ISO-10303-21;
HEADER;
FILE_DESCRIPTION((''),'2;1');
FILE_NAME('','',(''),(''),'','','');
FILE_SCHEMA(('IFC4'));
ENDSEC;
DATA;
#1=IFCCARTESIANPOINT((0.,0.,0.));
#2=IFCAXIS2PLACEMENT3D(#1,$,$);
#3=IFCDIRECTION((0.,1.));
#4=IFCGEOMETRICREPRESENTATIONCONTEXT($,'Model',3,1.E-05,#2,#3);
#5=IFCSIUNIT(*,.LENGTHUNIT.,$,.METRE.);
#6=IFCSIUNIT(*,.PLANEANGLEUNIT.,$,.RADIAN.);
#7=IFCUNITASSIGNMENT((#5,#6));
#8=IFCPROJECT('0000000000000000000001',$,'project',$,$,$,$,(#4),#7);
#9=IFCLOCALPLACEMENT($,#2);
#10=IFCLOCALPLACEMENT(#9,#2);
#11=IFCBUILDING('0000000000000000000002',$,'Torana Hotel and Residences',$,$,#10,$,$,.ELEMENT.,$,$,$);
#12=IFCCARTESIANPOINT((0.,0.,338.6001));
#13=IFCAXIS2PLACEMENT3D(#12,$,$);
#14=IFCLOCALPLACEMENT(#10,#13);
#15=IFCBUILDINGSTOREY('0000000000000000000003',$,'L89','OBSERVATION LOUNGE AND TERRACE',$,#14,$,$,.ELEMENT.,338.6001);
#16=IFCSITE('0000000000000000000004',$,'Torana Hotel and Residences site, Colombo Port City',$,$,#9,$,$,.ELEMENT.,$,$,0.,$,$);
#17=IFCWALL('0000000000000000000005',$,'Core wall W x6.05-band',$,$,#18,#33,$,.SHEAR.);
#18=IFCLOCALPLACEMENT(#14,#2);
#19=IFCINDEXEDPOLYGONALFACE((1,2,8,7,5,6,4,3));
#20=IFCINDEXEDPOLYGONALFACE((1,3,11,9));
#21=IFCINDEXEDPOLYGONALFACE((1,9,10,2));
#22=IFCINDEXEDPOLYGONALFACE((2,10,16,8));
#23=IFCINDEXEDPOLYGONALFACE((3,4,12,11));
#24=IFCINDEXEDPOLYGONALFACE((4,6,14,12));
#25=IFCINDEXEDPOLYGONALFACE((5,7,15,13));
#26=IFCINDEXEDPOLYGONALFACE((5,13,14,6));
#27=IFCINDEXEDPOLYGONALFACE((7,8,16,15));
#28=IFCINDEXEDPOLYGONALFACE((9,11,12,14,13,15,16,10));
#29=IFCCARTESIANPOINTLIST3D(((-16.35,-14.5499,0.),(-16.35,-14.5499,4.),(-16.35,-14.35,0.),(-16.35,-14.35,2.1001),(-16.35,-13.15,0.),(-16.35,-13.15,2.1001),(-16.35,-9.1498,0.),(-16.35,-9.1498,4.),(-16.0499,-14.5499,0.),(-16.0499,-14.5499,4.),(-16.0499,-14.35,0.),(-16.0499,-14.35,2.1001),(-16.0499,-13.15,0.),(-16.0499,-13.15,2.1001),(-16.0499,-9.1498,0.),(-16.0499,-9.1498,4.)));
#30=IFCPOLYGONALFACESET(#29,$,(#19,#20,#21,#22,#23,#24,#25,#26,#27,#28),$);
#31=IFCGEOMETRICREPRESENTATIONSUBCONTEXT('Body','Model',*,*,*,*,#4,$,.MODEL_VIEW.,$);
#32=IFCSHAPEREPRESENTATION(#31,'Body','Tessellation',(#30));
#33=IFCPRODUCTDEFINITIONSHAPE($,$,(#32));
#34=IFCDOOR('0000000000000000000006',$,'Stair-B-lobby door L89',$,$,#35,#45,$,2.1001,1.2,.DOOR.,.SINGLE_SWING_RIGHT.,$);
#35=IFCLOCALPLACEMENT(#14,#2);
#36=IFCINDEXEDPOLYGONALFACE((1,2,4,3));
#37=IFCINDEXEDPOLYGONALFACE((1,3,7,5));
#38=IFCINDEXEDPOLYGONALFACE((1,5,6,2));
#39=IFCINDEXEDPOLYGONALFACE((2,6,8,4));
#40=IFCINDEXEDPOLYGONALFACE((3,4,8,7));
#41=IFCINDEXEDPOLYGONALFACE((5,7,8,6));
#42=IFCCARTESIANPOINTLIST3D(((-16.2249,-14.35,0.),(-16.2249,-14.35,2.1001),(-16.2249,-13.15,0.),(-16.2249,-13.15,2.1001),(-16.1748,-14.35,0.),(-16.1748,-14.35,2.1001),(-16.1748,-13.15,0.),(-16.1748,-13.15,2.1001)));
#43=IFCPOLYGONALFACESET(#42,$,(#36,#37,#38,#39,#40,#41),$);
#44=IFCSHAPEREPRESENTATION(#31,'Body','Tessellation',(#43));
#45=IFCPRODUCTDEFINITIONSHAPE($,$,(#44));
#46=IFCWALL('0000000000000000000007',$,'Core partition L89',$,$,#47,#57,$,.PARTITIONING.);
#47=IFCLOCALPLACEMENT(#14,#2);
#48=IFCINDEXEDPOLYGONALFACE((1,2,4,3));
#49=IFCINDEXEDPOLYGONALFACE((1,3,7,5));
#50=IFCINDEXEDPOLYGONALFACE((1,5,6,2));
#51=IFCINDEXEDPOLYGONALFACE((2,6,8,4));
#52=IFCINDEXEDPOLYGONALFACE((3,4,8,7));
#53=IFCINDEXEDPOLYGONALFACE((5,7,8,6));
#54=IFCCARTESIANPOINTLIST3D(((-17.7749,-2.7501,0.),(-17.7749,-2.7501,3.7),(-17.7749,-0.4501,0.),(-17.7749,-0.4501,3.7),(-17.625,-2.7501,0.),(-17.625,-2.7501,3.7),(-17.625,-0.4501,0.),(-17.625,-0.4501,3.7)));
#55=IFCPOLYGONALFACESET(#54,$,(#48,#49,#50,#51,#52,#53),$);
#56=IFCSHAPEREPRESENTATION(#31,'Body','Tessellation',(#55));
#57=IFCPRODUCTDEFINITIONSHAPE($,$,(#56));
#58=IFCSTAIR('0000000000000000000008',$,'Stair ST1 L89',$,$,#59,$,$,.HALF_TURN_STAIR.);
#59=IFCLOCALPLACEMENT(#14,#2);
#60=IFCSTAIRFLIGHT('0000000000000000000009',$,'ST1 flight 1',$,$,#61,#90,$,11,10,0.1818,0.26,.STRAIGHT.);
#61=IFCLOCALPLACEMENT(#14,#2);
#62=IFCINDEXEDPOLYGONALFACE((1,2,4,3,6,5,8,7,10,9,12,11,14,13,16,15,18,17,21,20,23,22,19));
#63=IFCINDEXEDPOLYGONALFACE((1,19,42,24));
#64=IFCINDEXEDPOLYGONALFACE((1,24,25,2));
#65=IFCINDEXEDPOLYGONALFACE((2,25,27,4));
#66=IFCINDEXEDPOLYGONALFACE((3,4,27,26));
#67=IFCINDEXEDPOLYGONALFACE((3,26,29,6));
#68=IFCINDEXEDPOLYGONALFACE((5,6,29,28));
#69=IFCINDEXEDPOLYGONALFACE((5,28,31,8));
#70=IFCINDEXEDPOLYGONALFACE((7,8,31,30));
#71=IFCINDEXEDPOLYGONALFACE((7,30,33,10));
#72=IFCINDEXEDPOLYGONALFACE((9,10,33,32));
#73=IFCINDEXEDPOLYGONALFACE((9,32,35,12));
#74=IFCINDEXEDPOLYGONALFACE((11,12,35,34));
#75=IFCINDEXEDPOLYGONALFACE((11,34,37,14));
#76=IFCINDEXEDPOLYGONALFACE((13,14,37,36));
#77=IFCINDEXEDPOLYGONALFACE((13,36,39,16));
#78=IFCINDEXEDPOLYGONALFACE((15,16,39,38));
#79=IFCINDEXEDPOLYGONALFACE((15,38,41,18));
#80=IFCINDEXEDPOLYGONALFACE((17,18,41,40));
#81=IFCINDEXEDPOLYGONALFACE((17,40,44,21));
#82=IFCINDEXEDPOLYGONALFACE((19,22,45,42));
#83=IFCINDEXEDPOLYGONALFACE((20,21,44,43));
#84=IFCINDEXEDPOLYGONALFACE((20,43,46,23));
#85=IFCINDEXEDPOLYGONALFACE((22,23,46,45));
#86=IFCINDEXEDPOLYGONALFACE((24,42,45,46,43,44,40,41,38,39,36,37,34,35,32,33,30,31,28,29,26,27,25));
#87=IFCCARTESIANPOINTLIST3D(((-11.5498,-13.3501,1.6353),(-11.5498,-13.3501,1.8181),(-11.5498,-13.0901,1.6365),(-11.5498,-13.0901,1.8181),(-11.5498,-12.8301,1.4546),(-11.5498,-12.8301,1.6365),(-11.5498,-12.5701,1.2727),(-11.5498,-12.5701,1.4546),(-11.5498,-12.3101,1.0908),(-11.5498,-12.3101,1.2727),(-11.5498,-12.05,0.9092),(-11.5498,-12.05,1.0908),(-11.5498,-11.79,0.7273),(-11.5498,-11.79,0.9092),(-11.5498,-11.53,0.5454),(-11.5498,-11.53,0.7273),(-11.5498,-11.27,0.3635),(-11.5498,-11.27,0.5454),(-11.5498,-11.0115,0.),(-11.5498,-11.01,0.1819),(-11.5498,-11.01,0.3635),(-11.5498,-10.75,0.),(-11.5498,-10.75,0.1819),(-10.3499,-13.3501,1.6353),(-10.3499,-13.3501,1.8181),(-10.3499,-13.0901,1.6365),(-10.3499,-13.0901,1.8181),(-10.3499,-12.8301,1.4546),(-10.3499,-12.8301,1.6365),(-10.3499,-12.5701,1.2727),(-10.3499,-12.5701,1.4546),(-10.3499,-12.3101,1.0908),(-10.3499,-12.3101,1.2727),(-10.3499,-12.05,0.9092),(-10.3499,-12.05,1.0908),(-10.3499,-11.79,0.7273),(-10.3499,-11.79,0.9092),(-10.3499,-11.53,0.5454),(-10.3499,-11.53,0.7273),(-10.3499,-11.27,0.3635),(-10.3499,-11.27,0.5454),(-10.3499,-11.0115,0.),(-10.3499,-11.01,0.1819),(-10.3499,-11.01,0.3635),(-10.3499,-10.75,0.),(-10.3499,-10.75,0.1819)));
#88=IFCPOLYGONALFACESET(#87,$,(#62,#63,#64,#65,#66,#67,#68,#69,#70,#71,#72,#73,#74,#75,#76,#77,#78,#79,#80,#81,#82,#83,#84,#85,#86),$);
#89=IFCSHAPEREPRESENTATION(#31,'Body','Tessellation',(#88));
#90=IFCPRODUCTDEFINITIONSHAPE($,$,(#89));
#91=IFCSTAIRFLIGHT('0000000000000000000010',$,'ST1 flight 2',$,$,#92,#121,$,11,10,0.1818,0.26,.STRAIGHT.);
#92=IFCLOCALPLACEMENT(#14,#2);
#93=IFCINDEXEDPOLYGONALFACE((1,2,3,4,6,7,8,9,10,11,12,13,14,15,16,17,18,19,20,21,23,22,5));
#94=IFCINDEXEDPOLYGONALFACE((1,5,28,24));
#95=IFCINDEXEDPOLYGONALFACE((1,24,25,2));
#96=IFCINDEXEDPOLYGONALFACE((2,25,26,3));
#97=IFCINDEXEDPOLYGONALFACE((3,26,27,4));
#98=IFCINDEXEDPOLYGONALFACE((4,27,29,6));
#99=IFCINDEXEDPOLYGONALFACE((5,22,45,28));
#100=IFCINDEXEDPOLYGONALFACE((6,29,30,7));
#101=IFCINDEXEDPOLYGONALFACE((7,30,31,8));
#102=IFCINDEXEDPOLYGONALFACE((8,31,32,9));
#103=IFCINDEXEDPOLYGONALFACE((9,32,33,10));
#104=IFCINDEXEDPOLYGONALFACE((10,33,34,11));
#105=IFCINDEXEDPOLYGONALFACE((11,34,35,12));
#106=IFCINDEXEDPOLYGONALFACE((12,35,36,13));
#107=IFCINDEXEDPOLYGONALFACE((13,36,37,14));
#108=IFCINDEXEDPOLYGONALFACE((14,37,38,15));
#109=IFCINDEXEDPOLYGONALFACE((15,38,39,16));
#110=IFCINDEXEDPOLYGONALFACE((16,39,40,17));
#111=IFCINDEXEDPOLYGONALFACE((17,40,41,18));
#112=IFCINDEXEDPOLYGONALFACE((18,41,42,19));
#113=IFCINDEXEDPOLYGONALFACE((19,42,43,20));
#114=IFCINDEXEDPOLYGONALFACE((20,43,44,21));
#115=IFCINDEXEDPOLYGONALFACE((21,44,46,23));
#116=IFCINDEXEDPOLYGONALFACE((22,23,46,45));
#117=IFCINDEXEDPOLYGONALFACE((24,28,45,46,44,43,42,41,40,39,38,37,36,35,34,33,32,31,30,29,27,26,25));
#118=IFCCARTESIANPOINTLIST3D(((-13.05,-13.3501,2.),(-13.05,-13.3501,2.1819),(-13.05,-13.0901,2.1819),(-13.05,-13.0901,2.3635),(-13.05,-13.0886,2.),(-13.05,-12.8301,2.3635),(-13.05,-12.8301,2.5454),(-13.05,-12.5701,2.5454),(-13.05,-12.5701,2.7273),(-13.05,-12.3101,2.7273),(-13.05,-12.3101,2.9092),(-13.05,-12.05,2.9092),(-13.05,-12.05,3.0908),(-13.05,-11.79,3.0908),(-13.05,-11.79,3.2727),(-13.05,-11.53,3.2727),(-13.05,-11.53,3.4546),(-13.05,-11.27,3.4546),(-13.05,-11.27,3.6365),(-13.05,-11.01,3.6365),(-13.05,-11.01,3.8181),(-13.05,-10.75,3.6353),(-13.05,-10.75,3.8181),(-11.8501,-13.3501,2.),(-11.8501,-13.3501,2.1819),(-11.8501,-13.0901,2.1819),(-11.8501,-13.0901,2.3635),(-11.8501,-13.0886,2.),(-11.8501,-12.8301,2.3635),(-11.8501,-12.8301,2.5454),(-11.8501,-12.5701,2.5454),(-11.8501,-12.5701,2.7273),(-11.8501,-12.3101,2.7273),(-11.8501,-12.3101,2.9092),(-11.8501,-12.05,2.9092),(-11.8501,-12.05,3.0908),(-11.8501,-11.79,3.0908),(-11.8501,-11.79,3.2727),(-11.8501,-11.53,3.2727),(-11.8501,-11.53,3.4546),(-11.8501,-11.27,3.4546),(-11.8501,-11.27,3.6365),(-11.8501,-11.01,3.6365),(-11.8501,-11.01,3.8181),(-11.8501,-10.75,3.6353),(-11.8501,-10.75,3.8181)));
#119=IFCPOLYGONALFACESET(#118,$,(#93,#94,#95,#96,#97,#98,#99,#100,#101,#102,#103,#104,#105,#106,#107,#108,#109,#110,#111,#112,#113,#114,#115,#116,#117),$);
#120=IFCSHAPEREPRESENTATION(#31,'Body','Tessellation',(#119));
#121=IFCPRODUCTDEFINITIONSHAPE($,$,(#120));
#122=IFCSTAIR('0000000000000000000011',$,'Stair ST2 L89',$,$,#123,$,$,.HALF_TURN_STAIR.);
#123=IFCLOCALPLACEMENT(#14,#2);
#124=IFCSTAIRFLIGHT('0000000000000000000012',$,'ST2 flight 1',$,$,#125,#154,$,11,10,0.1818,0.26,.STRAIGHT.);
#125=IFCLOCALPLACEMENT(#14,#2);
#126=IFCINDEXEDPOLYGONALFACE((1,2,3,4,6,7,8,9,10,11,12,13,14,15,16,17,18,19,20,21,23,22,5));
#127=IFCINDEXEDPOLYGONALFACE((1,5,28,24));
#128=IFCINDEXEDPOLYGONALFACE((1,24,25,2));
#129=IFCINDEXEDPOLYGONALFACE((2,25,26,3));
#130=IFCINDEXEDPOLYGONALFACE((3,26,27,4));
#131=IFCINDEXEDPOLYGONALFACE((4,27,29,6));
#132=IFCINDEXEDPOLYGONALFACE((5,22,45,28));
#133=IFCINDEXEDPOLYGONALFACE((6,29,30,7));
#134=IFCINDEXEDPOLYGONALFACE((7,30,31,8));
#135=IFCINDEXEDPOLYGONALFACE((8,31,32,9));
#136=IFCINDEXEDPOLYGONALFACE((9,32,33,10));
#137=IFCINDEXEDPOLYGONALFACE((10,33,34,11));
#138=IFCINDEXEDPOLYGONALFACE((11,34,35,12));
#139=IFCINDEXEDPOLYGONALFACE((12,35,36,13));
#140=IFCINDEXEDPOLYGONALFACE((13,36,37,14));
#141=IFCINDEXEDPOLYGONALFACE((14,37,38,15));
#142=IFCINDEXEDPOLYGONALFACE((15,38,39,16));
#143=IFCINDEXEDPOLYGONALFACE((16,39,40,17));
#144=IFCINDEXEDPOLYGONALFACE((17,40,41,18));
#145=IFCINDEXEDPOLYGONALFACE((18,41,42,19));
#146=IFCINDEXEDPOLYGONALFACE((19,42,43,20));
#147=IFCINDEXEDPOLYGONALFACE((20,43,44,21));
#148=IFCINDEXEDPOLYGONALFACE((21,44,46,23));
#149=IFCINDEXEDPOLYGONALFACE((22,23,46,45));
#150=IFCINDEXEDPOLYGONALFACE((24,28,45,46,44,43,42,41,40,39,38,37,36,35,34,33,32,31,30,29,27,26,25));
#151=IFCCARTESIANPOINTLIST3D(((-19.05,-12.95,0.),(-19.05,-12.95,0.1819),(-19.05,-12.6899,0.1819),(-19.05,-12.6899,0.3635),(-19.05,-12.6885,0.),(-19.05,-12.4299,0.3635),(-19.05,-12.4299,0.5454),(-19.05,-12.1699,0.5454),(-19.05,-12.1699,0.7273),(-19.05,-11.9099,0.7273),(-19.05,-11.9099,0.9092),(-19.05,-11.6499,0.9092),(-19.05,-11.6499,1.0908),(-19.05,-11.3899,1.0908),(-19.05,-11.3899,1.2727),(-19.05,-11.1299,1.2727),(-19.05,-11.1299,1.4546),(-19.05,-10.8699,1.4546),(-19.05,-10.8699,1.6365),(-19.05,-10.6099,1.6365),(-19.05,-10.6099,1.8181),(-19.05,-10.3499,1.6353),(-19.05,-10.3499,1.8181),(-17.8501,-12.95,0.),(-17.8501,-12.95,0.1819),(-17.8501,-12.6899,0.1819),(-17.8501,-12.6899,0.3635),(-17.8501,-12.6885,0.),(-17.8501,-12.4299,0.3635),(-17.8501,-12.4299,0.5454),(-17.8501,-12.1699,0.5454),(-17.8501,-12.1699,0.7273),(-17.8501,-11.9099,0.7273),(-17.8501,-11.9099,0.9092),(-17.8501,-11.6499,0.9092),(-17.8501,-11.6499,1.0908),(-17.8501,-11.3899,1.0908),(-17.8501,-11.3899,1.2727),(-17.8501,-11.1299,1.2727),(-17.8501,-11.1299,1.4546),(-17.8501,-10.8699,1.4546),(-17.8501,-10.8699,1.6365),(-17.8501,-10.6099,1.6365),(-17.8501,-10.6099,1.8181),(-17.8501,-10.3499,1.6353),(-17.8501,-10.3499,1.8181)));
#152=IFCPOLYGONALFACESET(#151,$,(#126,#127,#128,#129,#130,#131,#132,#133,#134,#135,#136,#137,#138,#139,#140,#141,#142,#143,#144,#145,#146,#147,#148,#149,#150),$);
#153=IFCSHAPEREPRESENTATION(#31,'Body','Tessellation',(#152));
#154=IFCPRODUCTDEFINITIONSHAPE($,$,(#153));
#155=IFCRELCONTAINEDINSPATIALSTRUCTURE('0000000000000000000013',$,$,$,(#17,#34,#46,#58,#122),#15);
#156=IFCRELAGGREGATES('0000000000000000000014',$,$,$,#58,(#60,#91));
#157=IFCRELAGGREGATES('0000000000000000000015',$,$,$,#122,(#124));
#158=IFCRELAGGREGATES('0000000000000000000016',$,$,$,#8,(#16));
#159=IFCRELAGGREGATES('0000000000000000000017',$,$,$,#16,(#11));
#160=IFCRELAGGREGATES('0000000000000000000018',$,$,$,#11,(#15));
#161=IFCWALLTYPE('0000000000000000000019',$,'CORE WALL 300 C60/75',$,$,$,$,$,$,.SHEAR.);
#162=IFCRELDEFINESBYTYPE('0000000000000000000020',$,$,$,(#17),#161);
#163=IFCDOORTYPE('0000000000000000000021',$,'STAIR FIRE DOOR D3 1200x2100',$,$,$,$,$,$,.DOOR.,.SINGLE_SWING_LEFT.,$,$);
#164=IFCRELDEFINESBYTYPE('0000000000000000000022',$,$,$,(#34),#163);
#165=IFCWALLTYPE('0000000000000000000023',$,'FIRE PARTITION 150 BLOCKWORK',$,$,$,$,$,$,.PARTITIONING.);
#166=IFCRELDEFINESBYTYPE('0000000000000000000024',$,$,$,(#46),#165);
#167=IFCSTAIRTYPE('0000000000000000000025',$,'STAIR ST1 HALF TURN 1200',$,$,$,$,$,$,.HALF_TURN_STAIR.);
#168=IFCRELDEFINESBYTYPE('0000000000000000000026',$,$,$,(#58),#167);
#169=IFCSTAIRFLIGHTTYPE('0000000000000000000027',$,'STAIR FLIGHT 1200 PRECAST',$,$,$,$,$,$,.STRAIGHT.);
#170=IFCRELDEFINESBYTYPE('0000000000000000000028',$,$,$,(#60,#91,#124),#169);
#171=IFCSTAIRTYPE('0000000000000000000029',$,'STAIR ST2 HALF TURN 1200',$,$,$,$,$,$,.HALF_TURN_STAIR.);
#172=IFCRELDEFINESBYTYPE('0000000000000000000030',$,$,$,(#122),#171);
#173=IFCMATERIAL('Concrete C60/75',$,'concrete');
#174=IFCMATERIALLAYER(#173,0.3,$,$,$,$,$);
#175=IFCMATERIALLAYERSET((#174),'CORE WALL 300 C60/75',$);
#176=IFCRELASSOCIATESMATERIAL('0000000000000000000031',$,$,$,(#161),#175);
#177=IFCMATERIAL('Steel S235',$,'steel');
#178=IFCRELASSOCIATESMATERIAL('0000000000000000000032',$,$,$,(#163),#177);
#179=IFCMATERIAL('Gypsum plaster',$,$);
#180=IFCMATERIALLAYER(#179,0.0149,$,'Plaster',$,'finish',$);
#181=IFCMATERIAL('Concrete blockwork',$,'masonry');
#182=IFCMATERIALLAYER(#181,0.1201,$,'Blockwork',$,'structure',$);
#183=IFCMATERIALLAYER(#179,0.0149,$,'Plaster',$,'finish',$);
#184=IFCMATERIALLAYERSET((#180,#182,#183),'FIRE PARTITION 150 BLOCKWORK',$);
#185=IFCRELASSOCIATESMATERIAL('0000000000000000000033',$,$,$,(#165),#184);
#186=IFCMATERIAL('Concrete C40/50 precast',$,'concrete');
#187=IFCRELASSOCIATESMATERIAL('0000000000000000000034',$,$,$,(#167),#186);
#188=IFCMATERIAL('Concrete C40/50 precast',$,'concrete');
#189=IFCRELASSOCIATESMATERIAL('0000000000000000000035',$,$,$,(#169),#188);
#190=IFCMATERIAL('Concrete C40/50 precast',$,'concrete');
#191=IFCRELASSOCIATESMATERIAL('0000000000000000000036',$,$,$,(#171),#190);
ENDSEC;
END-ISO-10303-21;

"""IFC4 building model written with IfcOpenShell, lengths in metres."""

from ifc_helpers import new_model, si_unit, direction, frame, frame_2d, origin, place, context, subcontext, project, spatial, polyline, rectangle, outline, extrude, material, layer, layer_set, type_object, element, fill, aggregate, save


model = new_model("IFC4")

# Units and contexts
model_context = context("Model", 3, precision=1e-05, world=origin(), true_north=direction((0.0, 1.0)))
body_context = subcontext(model_context, "Body", "Model", "MODEL_VIEW")
ifc_project = project(units=[si_unit("LENGTHUNIT", "METRE"), si_unit("PLANEANGLEUNIT", "RADIAN")], contexts=[model_context])

# Site, building, storey
site_placement = place(None, origin())
site = spatial("IfcSite", under=ifc_project, at=site_placement, Name="Torana Hotel and Residences site, Colombo Port City", CompositionType="ELEMENT", RefElevation=0.0)
building_placement = place(site_placement, origin())
building = spatial("IfcBuilding", under=site, at=building_placement, Name="Torana Hotel and Residences", CompositionType="ELEMENT")
storey_placement = place(building_placement, frame((0.0, 0.0, 338.6001)))
storey = spatial("IfcBuildingStorey", under=building, at=storey_placement, Name="L89", Description="OBSERVATION LOUNGE AND TERRACE", CompositionType="ELEMENT", Elevation=338.6001)

# Shared definitions
ifc_material_1 = material(Name="Concrete C60/75", Category="concrete")
ifc_layer_1 = layer(ifc_material_1, 0.3)
ifc_layer_set_1 = layer_set([ifc_layer_1], Name="CORE WALL 300 C60/75")
wall_type_1 = type_object("IfcWallType", Name="CORE WALL 300 C60/75", PredefinedType="SHEAR", material=ifc_layer_set_1)

# Shared definitions
ifc_material_2 = material(Name="Steel S235", Category="steel")
door_type_1 = type_object("IfcDoorType", Name="STAIR FIRE DOOR D3 1200x2100", OperationType="SINGLE_SWING_LEFT", PredefinedType="DOOR", material=ifc_material_2)

# Wall, opening, door
wall_1_placement = place(storey_placement, frame((-16.2, -14.55, 0.0), z_axis=(0.0, 0.0, 1.0), x_axis=(0.0, 1.0, 0.0)))
wall_1 = element("IfcWall", 1, at=wall_1_placement, inside=storey, type_object=wall_type_1, Name="Core wall W x6.05-band", PredefinedType="SHEAR", context=body_context, shape_type="SweptSolid", body=[
    extrude(rectangle(XDim=5.4001, YDim=0.3, at=frame_2d((2.7002, 0.0))), origin(), (0.0, 0.0, 1.0), 4.0),
])
opening_1_placement = place(wall_1_placement, frame((0.2, 0.0, 0.0)))
opening_1 = element("IfcOpeningElement", 2, at=opening_1_placement, cuts=wall_1, PredefinedType="OPENING", context=body_context, shape_type="SweptSolid", body=[
    extrude(rectangle(XDim=1.2, YDim=2.1001, at=frame_2d((0.6001, 1.05))), frame((0.0, 0.1599, 0.0), z_axis=(0.0, -1.0, 0.0), x_axis=(1.0, 0.0, 0.0)), (0.0, 0.0, 1.0), 0.3201),
])
door_1_placement = place(opening_1_placement, origin())
door_1 = element("IfcDoor", 3, at=door_1_placement, inside=storey, type_object=door_type_1, Name="Stair-B-lobby door L89", OperationType="SINGLE_SWING_RIGHT", OverallHeight=2.1001, OverallWidth=1.2, PredefinedType="DOOR", context=body_context, shape_type="SweptSolid", body=[
    extrude(rectangle(XDim=1.2, YDim=2.1001, at=frame_2d((0.6001, 1.05))), frame((0.0, 0.0249, 0.0), z_axis=(0.0, -1.0, 0.0), x_axis=(1.0, 0.0, 0.0)), (0.0, 0.0, 1.0), 0.05),
])
fill(opening_1, door_1)

# Wall
ifc_material_3 = material(Name="Gypsum plaster")
ifc_layer_2 = layer(ifc_material_3, 0.0149, Name="Plaster", Category="finish")
ifc_material_4 = material(Name="Concrete blockwork", Category="masonry")
ifc_layer_3 = layer(ifc_material_4, 0.1201, Name="Blockwork", Category="structure")
ifc_layer_4 = layer(ifc_material_3, 0.0149, Name="Plaster", Category="finish")
ifc_layer_set_2 = layer_set([ifc_layer_2, ifc_layer_3, ifc_layer_4], Name="FIRE PARTITION 150 BLOCKWORK")
wall_type_2 = type_object("IfcWallType", Name="FIRE PARTITION 150 BLOCKWORK", PredefinedType="PARTITIONING", material=ifc_layer_set_2)
wall_2_placement = place(storey_placement, frame((-17.7, -2.75, 0.0), z_axis=(0.0, 0.0, 1.0), x_axis=(0.0, 1.0, 0.0)))
element("IfcWall", 4, at=wall_2_placement, inside=storey, type_object=wall_type_2, Name="Core partition L89", PredefinedType="PARTITIONING", context=body_context, shape_type="SweptSolid", body=[
    extrude(rectangle(XDim=2.3, YDim=0.1499, at=frame_2d((1.1499, 0.0))), origin(), (0.0, 0.0, 1.0), 3.7),
])

# Stairs, stair flights
ifc_material_5 = material(Name="Concrete C40/50 precast", Category="concrete")
stair_type_1 = type_object("IfcStairType", Name="STAIR ST1 HALF TURN 1200", PredefinedType="HALF_TURN_STAIR", material=ifc_material_5)
stair_1_placement = place(storey_placement, origin())
stair_1 = element("IfcStair", 5, at=stair_1_placement, inside=storey, type_object=stair_type_1, Name="Stair ST1 L89", PredefinedType="HALF_TURN_STAIR")
ifc_material_6 = material(Name="Concrete C40/50 precast", Category="concrete")
stair_flight_type = type_object("IfcStairFlightType", Name="STAIR FLIGHT 1200 PRECAST", PredefinedType="STRAIGHT", material=ifc_material_6)
stair_flight_1_placement = place(storey_placement, frame((-10.95, -10.75, 0.0), z_axis=(0.0, 0.0, 1.0), x_axis=(0.0, -1.0, 0.0)))
stair_flight_1 = element("IfcStairFlight", 6, at=stair_flight_1_placement, type_object=stair_flight_type, Name="ST1 flight 1", NumberOfRisers=11, NumberOfTreads=10, PredefinedType="STRAIGHT", RiserHeight=0.1818, TreadLength=0.26, context=body_context, shape_type="SweptSolid", body=[
    extrude(outline(polyline([(0.0, 0.0), (0.0, 0.1819), (0.26, 0.1819), (0.26, 0.3635), (0.52, 0.3635), (0.52, 0.5454), (0.78, 0.5454), (0.78, 0.7273), (1.04, 0.7273), (1.04, 0.9092), (1.3, 0.9092), (1.3, 1.0908), (1.5601, 1.0908), (1.5601, 1.2727), (1.8201, 1.2727), (1.8201, 1.4546), (2.0801, 1.4546), (2.0801, 1.6365), (2.3401, 1.6365), (2.3401, 1.8181), (2.6001, 1.8181), (2.6001, 2.0), (2.6001, 1.6353), (0.2615, 0.0), (0.0, 0.0)])), frame((0.0, 0.6001, 0.0), z_axis=(0.0, -1.0, 0.0), x_axis=(1.0, 0.0, 0.0)), (0.0, 0.0, 1.0), 1.2),
])
stair_flight_2_placement = place(storey_placement, frame((-12.45, -13.3501, 2.0), z_axis=(0.0, 0.0, 1.0), x_axis=(0.0, 1.0, 0.0)))
stair_flight_2 = element("IfcStairFlight", 7, at=stair_flight_2_placement, type_object=stair_flight_type, Name="ST1 flight 2", NumberOfRisers=11, NumberOfTreads=10, PredefinedType="STRAIGHT", RiserHeight=0.1818, TreadLength=0.26, context=body_context, shape_type="SweptSolid", body=[
    extrude(outline(polyline([(0.0, 0.0), (0.0, 0.1819), (0.26, 0.1819), (0.26, 0.3635), (0.52, 0.3635), (0.52, 0.5454), (0.78, 0.5454), (0.78, 0.7273), (1.04, 0.7273), (1.04, 0.9092), (1.3, 0.9092), (1.3, 1.0908), (1.5601, 1.0908), (1.5601, 1.2727), (1.8201, 1.2727), (1.8201, 1.4546), (2.0801, 1.4546), (2.0801, 1.6365), (2.3401, 1.6365), (2.3401, 1.8181), (2.6001, 1.8181), (2.6001, 2.0), (2.6001, 1.6353), (0.2615, 0.0), (0.0, 0.0)])), frame((0.0, 0.6001, 0.0), z_axis=(0.0, -1.0, 0.0), x_axis=(1.0, 0.0, 0.0)), (0.0, 0.0, 1.0), 1.2),
])
aggregate(stair_1, [stair_flight_1, stair_flight_2])
ifc_material_7 = material(Name="Concrete C40/50 precast", Category="concrete")
stair_type_2 = type_object("IfcStairType", Name="STAIR ST2 HALF TURN 1200", PredefinedType="HALF_TURN_STAIR", material=ifc_material_7)
stair_2_placement = place(storey_placement, origin())
stair_2 = element("IfcStair", 8, at=stair_2_placement, inside=storey, type_object=stair_type_2, Name="Stair ST2 L89", PredefinedType="HALF_TURN_STAIR")
stair_flight_3_placement = place(storey_placement, frame((-18.45, -12.95, 0.0), z_axis=(0.0, 0.0, 1.0), x_axis=(0.0, 1.0, 0.0)))
stair_flight_3 = element("IfcStairFlight", 9, at=stair_flight_3_placement, type_object=stair_flight_type, Name="ST2 flight 1", NumberOfRisers=11, NumberOfTreads=10, PredefinedType="STRAIGHT", RiserHeight=0.1818, TreadLength=0.26, context=body_context, shape_type="SweptSolid", body=[
    extrude(outline(polyline([(0.0, 0.0), (0.0, 0.1819), (0.26, 0.1819), (0.26, 0.3635), (0.52, 0.3635), (0.52, 0.5454), (0.78, 0.5454), (0.78, 0.7273), (1.04, 0.7273), (1.04, 0.9092), (1.3, 0.9092), (1.3, 1.0908), (1.5601, 1.0908), (1.5601, 1.2727), (1.8201, 1.2727), (1.8201, 1.4546), (2.0801, 1.4546), (2.0801, 1.6365), (2.3401, 1.6365), (2.3401, 1.8181), (2.6001, 1.8181), (2.6001, 2.0), (2.6001, 1.6353), (0.2615, 0.0), (0.0, 0.0)])), frame((0.0, 0.6001, 0.0), z_axis=(0.0, -1.0, 0.0), x_axis=(1.0, 0.0, 0.0)), (0.0, 0.0, 1.0), 1.2),
])
aggregate(stair_2, [stair_flight_3])

save(model, "model.ifc")
